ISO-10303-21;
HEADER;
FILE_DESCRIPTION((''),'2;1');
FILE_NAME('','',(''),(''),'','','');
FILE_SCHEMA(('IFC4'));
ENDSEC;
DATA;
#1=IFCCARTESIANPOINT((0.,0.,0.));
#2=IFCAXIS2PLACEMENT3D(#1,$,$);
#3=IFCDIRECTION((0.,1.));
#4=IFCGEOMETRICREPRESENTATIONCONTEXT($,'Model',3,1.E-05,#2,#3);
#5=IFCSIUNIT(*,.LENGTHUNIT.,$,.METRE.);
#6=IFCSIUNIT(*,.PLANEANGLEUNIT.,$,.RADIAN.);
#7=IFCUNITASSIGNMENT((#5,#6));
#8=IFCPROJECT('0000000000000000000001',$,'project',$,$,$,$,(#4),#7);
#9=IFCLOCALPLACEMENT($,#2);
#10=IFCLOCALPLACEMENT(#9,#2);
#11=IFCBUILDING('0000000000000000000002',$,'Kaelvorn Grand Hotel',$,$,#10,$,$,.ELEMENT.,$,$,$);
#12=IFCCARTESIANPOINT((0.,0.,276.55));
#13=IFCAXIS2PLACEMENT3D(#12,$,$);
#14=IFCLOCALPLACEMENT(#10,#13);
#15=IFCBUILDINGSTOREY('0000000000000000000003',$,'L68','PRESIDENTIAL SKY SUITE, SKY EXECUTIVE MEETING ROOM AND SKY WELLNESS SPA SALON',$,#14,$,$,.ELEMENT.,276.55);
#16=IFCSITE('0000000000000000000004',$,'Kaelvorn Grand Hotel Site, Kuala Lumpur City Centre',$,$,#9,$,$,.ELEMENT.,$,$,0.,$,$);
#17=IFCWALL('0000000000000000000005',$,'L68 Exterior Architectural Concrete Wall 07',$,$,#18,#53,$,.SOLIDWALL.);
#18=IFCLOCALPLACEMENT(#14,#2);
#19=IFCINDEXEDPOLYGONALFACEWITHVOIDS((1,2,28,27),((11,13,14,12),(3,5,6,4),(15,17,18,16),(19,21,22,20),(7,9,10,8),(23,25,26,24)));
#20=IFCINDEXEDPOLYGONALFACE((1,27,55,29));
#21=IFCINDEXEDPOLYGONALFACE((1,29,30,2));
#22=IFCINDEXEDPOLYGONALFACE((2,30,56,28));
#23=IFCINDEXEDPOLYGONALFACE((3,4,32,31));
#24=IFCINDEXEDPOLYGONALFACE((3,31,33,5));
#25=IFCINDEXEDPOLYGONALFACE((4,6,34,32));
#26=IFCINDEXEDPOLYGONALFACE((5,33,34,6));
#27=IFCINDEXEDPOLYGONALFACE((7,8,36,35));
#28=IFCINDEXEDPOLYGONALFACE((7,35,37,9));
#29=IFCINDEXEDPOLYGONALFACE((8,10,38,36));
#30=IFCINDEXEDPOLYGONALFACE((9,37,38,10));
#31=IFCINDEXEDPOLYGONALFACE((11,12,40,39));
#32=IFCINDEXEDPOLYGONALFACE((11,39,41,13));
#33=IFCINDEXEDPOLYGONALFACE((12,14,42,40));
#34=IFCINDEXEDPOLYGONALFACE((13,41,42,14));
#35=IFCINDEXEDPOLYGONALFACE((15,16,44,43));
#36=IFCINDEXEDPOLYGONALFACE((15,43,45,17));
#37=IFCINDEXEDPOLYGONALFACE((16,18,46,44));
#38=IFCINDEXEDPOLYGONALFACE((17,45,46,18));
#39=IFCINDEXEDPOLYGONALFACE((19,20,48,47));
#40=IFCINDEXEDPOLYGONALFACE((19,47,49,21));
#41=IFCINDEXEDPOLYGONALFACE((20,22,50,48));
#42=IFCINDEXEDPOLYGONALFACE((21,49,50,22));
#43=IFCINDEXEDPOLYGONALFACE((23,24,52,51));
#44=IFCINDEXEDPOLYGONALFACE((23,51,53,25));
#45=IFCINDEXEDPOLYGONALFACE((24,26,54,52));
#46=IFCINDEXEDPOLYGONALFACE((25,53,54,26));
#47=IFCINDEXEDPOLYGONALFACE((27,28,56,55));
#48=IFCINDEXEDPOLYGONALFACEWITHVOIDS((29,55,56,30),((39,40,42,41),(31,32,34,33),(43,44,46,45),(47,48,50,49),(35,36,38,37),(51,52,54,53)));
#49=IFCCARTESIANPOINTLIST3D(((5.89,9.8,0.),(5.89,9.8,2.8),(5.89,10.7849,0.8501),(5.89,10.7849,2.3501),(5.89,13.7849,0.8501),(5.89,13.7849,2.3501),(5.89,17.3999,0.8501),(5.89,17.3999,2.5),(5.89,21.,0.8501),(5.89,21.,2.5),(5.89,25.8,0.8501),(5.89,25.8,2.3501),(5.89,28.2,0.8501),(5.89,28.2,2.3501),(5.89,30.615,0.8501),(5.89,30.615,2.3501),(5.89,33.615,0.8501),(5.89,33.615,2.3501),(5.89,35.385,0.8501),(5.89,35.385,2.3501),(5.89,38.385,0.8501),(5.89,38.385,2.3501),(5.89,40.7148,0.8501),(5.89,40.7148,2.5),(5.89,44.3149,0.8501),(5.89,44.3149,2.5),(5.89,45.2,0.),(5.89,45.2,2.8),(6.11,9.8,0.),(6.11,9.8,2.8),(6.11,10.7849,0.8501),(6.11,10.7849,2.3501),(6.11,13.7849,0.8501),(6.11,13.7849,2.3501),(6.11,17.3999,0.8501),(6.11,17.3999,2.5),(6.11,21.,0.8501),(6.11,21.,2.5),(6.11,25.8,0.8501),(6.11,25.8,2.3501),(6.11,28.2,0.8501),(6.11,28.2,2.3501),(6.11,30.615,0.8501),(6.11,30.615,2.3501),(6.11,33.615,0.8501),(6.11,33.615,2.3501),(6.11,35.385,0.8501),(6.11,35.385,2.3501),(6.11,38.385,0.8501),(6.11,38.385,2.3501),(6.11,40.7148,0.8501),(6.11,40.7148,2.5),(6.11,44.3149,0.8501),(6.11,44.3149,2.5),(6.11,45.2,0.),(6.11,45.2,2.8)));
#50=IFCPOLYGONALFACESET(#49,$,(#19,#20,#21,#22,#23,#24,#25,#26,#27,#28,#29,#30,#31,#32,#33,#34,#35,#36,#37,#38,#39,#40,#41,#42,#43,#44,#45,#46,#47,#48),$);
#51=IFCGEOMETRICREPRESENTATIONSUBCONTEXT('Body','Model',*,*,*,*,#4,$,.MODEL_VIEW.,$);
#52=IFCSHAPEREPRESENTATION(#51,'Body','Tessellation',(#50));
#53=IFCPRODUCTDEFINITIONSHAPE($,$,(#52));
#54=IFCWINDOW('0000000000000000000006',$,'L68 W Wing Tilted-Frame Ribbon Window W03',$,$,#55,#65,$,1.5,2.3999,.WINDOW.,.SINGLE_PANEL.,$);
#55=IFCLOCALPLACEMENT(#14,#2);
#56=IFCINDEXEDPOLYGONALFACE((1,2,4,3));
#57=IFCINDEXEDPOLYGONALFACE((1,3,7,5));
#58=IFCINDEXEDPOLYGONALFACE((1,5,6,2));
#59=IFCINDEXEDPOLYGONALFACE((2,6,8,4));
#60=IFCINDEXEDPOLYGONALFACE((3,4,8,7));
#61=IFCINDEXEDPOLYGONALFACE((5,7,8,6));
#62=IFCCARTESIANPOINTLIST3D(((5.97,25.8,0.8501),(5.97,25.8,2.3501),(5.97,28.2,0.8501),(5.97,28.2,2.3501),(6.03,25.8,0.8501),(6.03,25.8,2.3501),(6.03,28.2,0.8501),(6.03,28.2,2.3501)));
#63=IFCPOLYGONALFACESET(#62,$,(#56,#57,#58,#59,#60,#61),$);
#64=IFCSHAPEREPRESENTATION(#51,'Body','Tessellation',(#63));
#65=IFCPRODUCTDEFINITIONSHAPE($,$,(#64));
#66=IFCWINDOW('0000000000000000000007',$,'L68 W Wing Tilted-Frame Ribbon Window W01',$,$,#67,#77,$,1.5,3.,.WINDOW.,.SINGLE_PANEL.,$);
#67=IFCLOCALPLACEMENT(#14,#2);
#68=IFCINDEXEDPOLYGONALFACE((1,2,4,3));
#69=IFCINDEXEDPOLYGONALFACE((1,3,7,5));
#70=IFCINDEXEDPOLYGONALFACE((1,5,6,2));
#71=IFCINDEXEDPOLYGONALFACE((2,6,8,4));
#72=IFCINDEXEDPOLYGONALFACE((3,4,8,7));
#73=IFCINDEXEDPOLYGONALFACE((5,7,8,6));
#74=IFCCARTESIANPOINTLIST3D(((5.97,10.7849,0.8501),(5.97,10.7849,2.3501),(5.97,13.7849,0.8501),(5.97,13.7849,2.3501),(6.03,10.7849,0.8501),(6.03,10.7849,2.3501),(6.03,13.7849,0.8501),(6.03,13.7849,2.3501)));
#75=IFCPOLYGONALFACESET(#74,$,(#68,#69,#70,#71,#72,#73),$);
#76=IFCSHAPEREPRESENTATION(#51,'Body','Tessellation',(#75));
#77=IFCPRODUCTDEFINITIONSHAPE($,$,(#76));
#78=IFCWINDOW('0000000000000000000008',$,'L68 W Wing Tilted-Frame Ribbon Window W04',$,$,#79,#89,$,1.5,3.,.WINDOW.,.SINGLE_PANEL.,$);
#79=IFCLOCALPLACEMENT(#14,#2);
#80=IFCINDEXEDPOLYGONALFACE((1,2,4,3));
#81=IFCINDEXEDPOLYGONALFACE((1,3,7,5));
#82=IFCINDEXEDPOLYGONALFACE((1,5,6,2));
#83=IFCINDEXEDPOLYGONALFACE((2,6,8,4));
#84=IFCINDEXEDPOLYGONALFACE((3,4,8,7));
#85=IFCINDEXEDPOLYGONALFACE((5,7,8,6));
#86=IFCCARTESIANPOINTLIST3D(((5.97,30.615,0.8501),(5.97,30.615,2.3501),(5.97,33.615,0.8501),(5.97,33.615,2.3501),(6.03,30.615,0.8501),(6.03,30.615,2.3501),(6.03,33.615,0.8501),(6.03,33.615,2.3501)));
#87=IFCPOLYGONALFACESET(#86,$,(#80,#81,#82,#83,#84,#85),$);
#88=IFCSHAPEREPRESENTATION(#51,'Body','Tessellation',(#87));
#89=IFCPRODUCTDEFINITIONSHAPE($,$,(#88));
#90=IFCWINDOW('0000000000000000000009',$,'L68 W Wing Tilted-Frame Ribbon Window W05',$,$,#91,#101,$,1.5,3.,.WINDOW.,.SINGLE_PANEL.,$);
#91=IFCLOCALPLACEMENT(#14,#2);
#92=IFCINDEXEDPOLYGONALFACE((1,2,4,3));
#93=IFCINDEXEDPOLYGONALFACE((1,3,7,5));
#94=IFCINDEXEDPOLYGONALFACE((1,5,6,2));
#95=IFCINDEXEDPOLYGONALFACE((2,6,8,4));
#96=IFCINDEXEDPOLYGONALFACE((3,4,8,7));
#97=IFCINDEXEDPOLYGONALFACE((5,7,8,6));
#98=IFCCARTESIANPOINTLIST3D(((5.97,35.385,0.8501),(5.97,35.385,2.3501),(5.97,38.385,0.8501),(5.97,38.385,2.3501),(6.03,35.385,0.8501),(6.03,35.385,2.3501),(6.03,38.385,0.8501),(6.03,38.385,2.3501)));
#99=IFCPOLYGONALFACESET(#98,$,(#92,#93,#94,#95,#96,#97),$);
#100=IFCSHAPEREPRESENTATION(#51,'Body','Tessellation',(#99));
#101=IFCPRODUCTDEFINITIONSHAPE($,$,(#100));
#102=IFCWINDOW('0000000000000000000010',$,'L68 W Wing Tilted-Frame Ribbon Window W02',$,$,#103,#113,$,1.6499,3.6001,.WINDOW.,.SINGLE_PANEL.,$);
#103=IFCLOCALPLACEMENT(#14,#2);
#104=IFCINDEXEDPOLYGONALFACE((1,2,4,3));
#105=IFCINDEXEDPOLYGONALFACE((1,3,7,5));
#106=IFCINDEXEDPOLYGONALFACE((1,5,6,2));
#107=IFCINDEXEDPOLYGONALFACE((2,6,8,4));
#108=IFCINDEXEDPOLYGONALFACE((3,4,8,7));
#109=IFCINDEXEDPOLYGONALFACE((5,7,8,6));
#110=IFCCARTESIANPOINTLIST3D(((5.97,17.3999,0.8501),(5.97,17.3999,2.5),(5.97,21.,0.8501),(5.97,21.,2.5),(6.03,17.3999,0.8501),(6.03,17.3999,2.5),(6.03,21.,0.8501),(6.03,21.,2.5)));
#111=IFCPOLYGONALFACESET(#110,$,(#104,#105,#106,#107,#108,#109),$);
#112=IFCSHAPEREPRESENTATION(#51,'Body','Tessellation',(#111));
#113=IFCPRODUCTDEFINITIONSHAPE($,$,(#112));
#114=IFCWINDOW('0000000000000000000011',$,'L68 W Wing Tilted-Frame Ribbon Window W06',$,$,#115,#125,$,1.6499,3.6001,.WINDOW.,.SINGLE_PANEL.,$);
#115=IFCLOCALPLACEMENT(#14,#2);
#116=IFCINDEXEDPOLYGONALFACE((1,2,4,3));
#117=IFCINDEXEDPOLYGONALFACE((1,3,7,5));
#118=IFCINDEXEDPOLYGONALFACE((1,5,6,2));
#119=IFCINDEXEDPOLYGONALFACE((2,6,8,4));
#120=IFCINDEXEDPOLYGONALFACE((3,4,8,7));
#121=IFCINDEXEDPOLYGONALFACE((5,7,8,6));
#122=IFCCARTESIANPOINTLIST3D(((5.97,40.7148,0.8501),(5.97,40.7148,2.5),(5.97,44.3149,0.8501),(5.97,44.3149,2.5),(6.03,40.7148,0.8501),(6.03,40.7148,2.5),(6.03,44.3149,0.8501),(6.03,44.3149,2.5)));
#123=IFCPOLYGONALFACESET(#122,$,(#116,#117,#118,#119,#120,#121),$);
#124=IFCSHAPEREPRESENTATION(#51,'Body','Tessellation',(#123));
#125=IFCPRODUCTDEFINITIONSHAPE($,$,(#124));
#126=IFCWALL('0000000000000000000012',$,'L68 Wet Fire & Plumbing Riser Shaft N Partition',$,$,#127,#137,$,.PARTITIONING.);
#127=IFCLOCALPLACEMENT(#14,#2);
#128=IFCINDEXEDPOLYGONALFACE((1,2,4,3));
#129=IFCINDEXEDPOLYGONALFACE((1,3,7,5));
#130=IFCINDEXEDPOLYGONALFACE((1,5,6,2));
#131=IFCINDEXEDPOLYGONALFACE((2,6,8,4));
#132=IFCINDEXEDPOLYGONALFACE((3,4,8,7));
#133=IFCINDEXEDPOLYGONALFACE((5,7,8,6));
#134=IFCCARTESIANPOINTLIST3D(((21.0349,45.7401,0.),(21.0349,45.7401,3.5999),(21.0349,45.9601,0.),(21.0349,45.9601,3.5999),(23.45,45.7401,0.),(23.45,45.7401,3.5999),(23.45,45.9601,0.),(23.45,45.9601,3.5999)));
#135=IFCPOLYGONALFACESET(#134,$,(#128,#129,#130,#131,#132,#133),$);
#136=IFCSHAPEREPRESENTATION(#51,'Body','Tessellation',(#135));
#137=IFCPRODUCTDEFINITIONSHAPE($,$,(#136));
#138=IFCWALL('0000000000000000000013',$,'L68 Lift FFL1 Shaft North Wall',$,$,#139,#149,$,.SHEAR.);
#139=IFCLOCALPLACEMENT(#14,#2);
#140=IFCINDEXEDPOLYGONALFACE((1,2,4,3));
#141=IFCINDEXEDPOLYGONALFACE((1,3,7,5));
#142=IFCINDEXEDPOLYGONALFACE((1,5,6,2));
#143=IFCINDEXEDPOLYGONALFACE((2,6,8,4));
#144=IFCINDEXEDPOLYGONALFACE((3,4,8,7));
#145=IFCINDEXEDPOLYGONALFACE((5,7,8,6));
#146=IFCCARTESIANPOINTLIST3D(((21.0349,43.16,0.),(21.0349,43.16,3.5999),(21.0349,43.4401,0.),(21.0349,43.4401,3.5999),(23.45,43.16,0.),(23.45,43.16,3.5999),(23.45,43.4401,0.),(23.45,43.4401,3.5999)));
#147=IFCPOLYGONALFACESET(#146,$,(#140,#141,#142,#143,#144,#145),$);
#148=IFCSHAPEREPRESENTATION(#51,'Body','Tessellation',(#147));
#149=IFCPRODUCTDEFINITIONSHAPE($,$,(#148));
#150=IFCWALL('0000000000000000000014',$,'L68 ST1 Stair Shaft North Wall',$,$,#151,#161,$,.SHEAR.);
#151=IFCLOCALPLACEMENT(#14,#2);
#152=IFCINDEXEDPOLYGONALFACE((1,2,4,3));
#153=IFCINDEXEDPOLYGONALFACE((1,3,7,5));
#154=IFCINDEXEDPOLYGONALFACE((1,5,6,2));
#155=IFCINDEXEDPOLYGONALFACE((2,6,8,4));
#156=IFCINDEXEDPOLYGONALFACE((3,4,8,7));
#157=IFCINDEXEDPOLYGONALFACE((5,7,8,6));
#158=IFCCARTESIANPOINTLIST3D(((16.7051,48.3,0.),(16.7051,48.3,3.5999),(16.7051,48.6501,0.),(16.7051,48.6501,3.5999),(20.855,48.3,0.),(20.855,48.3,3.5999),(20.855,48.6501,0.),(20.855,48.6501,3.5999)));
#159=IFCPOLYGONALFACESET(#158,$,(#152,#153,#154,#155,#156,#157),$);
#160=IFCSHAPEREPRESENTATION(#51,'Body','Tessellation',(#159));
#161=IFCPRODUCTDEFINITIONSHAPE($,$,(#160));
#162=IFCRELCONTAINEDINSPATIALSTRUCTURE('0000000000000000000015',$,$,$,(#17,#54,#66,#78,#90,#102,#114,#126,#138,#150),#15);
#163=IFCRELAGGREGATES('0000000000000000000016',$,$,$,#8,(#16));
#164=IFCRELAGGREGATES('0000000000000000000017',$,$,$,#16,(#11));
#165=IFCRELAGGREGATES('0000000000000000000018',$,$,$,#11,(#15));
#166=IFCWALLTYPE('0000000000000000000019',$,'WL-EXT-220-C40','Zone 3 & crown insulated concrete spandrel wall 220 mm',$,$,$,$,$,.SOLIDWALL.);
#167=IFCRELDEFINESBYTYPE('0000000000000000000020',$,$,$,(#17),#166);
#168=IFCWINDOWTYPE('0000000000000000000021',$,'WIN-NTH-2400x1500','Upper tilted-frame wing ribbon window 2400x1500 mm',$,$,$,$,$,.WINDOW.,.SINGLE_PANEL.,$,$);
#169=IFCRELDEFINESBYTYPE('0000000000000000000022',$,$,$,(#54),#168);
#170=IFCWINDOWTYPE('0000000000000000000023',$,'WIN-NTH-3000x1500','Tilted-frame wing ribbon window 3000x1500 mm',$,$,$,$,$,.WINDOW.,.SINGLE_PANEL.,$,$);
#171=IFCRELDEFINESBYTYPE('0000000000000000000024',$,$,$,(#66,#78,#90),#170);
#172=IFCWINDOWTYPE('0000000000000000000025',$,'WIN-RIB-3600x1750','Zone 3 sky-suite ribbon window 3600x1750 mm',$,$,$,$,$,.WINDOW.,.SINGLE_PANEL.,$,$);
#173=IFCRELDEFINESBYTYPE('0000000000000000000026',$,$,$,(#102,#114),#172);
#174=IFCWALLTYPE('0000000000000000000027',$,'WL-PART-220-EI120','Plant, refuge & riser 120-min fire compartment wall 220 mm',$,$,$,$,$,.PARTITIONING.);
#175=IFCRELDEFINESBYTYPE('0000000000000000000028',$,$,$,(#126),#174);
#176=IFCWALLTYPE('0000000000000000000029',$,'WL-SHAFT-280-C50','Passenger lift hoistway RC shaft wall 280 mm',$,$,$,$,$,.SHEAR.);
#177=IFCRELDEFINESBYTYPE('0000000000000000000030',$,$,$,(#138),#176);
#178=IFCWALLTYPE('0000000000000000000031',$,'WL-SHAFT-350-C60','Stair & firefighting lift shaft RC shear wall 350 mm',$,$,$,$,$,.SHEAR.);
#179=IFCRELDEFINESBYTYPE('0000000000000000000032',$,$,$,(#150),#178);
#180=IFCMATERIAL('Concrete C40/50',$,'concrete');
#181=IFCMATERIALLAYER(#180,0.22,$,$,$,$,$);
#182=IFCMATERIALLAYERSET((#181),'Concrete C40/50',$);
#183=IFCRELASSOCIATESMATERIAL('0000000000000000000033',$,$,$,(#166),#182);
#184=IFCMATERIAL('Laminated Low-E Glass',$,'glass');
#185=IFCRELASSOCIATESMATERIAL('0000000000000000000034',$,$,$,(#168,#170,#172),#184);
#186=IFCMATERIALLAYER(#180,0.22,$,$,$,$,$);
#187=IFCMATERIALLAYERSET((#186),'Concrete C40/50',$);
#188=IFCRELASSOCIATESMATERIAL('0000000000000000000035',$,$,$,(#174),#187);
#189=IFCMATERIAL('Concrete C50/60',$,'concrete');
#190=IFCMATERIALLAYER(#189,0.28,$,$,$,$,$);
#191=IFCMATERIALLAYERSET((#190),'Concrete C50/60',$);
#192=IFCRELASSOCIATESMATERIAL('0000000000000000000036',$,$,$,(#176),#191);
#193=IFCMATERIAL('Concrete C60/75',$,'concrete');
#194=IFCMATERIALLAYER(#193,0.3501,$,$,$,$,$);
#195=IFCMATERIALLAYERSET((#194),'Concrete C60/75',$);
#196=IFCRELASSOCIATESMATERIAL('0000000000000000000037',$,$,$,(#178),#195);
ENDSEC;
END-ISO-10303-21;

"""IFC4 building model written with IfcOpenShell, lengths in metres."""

from ifc_helpers import new_model, si_unit, direction, frame, frame_2d, origin, place, context, subcontext, project, spatial, rectangle, extrude, material, layer, layer_set, type_object, element, fill, save


model = new_model("IFC4")

# Units and contexts
model_context = context("Model", 3, precision=1e-05, world=origin(), true_north=direction((0.0, 1.0)))
body_context = subcontext(model_context, "Body", "Model", "MODEL_VIEW")
ifc_project = project(units=[si_unit("LENGTHUNIT", "METRE"), si_unit("PLANEANGLEUNIT", "RADIAN")], contexts=[model_context])

# Site, building, storey
site_placement = place(None, origin())
site = spatial("IfcSite", under=ifc_project, at=site_placement, Name="Kaelvorn Grand Hotel Site, Kuala Lumpur City Centre", CompositionType="ELEMENT", RefElevation=0.0)
building_placement = place(site_placement, origin())
building = spatial("IfcBuilding", under=site, at=building_placement, Name="Kaelvorn Grand Hotel", CompositionType="ELEMENT")
storey_placement = place(building_placement, frame((0.0, 0.0, 276.55)))
storey = spatial("IfcBuildingStorey", under=building, at=storey_placement, Name="L68", Description="PRESIDENTIAL SKY SUITE, SKY EXECUTIVE MEETING ROOM AND SKY WELLNESS SPA SALON", CompositionType="ELEMENT", Elevation=276.55)

# Shared definitions
ifc_material_1 = material(Name="Concrete C60/75", Category="concrete")
ifc_material_2 = material(Name="Concrete C50/60", Category="concrete")

# Shared definitions
ifc_material_3 = material(Name="Concrete C40/50", Category="concrete")
ifc_layer_1 = layer(ifc_material_3, 0.22)
ifc_layer_set_1 = layer_set([ifc_layer_1], Name="Concrete C40/50")
wall_type_1 = type_object("IfcWallType", Name="WL-EXT-220-C40", Description="Zone 3 & crown insulated concrete spandrel wall 220 mm", PredefinedType="SOLIDWALL", material=ifc_layer_set_1)
ifc_material_4 = material(Name="Laminated Low-E Glass", Category="glass")

# Wall, openings, windows
wall_1_placement = place(storey_placement, frame((6.0, 45.2, 0.0), z_axis=(0.0, 0.0, 1.0), x_axis=(0.0, -1.0, 0.0)))
wall_1 = element("IfcWall", 1, at=wall_1_placement, inside=storey, type_object=wall_type_1, Name="L68 Exterior Architectural Concrete Wall 07", PredefinedType="SOLIDWALL", context=body_context, shape_type="SweptSolid", body=[
    extrude(rectangle(XDim=35.3999, YDim=0.22, at=frame_2d((17.7, 0.0))), origin(), (0.0, 0.0, 1.0), 2.8),
])
opening_1_placement = place(wall_1_placement, frame((31.415, 0.0, 0.8501)))
opening_1 = element("IfcOpeningElement", 2, at=opening_1_placement, cuts=wall_1, PredefinedType="OPENING", context=body_context, shape_type="SweptSolid", body=[
    extrude(rectangle(XDim=3.0, YDim=1.5, at=frame_2d((1.5, 0.75))), frame((0.0, 0.1201, 0.0), z_axis=(0.0, -1.0, 0.0), x_axis=(1.0, 0.0, 0.0)), (0.0, 0.0, 1.0), 0.24),
])
opening_2_placement = place(wall_1_placement, frame((24.2, 0.0, 0.8501)))
opening_2 = element("IfcOpeningElement", 3, at=opening_2_placement, cuts=wall_1, PredefinedType="OPENING", context=body_context, shape_type="SweptSolid", body=[
    extrude(rectangle(XDim=3.6001, YDim=1.6499, at=frame_2d((1.8, 0.825))), frame((0.0, 0.1201, 0.0), z_axis=(0.0, -1.0, 0.0), x_axis=(1.0, 0.0, 0.0)), (0.0, 0.0, 1.0), 0.24),
])
opening_3_placement = place(wall_1_placement, frame((17.0, 0.0, 0.8501)))
opening_3 = element("IfcOpeningElement", 4, at=opening_3_placement, cuts=wall_1, PredefinedType="OPENING", context=body_context, shape_type="SweptSolid", body=[
    extrude(rectangle(XDim=2.3999, YDim=1.5, at=frame_2d((1.2, 0.75))), frame((0.0, 0.1201, 0.0), z_axis=(0.0, -1.0, 0.0), x_axis=(1.0, 0.0, 0.0)), (0.0, 0.0, 1.0), 0.24),
])
opening_4_placement = place(wall_1_placement, frame((11.585, 0.0, 0.8501)))
opening_4 = element("IfcOpeningElement", 5, at=opening_4_placement, cuts=wall_1, PredefinedType="OPENING", context=body_context, shape_type="SweptSolid", body=[
    extrude(rectangle(XDim=3.0, YDim=1.5, at=frame_2d((1.5, 0.75))), frame((0.0, 0.1201, 0.0), z_axis=(0.0, -1.0, 0.0), x_axis=(1.0, 0.0, 0.0)), (0.0, 0.0, 1.0), 0.24),
])
opening_5_placement = place(wall_1_placement, frame((6.8149, 0.0, 0.8501)))
opening_5 = element("IfcOpeningElement", 6, at=opening_5_placement, cuts=wall_1, PredefinedType="OPENING", context=body_context, shape_type="SweptSolid", body=[
    extrude(rectangle(XDim=3.0, YDim=1.5, at=frame_2d((1.5, 0.75))), frame((0.0, 0.1201, 0.0), z_axis=(0.0, -1.0, 0.0), x_axis=(1.0, 0.0, 0.0)), (0.0, 0.0, 1.0), 0.24),
])
opening_6_placement = place(wall_1_placement, frame((0.885, 0.0, 0.8501)))
opening_6 = element("IfcOpeningElement", 7, at=opening_6_placement, cuts=wall_1, PredefinedType="OPENING", context=body_context, shape_type="SweptSolid", body=[
    extrude(rectangle(XDim=3.6001, YDim=1.6499, at=frame_2d((1.8, 0.825))), frame((0.0, 0.1201, 0.0), z_axis=(0.0, -1.0, 0.0), x_axis=(1.0, 0.0, 0.0)), (0.0, 0.0, 1.0), 0.24),
])
window_type_1 = type_object("IfcWindowType", Name="WIN-NTH-2400x1500", Description="Upper tilted-frame wing ribbon window 2400x1500 mm", PartitioningType="SINGLE_PANEL", PredefinedType="WINDOW", material=ifc_material_4)
window_1_placement = place(opening_3_placement, origin())
window_1 = element("IfcWindow", 8, at=window_1_placement, inside=storey, type_object=window_type_1, Name="L68 W Wing Tilted-Frame Ribbon Window W03", OverallHeight=1.5, OverallWidth=2.3999, PartitioningType="SINGLE_PANEL", PredefinedType="WINDOW", context=body_context, shape_type="SweptSolid", body=[
    extrude(rectangle(XDim=2.3999, YDim=1.5, at=frame_2d((1.2, 0.75))), frame((0.0, 0.03, 0.0), z_axis=(0.0, -1.0, 0.0), x_axis=(1.0, 0.0, 0.0)), (0.0, 0.0, 1.0), 0.0601),
])
fill(opening_3, window_1)
window_type_2 = type_object("IfcWindowType", Name="WIN-NTH-3000x1500", Description="Tilted-frame wing ribbon window 3000x1500 mm", PartitioningType="SINGLE_PANEL", PredefinedType="WINDOW", material=ifc_material_4)
window_2_placement = place(opening_1_placement, origin())
window_2 = element("IfcWindow", 9, at=window_2_placement, inside=storey, type_object=window_type_2, Name="L68 W Wing Tilted-Frame Ribbon Window W01", OverallHeight=1.5, OverallWidth=3.0, PartitioningType="SINGLE_PANEL", PredefinedType="WINDOW", context=body_context, shape_type="SweptSolid", body=[
    extrude(rectangle(XDim=3.0, YDim=1.5, at=frame_2d((1.5, 0.75))), frame((0.0, 0.03, 0.0), z_axis=(0.0, -1.0, 0.0), x_axis=(1.0, 0.0, 0.0)), (0.0, 0.0, 1.0), 0.0601),
])
fill(opening_1, window_2)
window_3_placement = place(opening_4_placement, origin())
window_3 = element("IfcWindow", 10, at=window_3_placement, inside=storey, type_object=window_type_2, Name="L68 W Wing Tilted-Frame Ribbon Window W04", OverallHeight=1.5, OverallWidth=3.0, PartitioningType="SINGLE_PANEL", PredefinedType="WINDOW", context=body_context, shape_type="SweptSolid", body=[
    extrude(rectangle(XDim=3.0, YDim=1.5, at=frame_2d((1.5, 0.75))), frame((0.0, 0.03, 0.0), z_axis=(0.0, -1.0, 0.0), x_axis=(1.0, 0.0, 0.0)), (0.0, 0.0, 1.0), 0.0601),
])
fill(opening_4, window_3)
window_4_placement = place(opening_5_placement, origin())
window_4 = element("IfcWindow", 11, at=window_4_placement, inside=storey, type_object=window_type_2, Name="L68 W Wing Tilted-Frame Ribbon Window W05", OverallHeight=1.5, OverallWidth=3.0, PartitioningType="SINGLE_PANEL", PredefinedType="WINDOW", context=body_context, shape_type="SweptSolid", body=[
    extrude(rectangle(XDim=3.0, YDim=1.5, at=frame_2d((1.5, 0.75))), frame((0.0, 0.03, 0.0), z_axis=(0.0, -1.0, 0.0), x_axis=(1.0, 0.0, 0.0)), (0.0, 0.0, 1.0), 0.0601),
])
fill(opening_5, window_4)
window_type_3 = type_object("IfcWindowType", Name="WIN-RIB-3600x1750", Description="Zone 3 sky-suite ribbon window 3600x1750 mm", PartitioningType="SINGLE_PANEL", PredefinedType="WINDOW", material=ifc_material_4)
window_5_placement = place(opening_2_placement, origin())
window_5 = element("IfcWindow", 12, at=window_5_placement, inside=storey, type_object=window_type_3, Name="L68 W Wing Tilted-Frame Ribbon Window W02", OverallHeight=1.6499, OverallWidth=3.6001, PartitioningType="SINGLE_PANEL", PredefinedType="WINDOW", context=body_context, shape_type="SweptSolid", body=[
    extrude(rectangle(XDim=3.6001, YDim=1.6499, at=frame_2d((1.8, 0.825))), frame((0.0, 0.03, 0.0), z_axis=(0.0, -1.0, 0.0), x_axis=(1.0, 0.0, 0.0)), (0.0, 0.0, 1.0), 0.0601),
])
fill(opening_2, window_5)
window_6_placement = place(opening_6_placement, origin())
window_6 = element("IfcWindow", 13, at=window_6_placement, inside=storey, type_object=window_type_3, Name="L68 W Wing Tilted-Frame Ribbon Window W06", OverallHeight=1.6499, OverallWidth=3.6001, PartitioningType="SINGLE_PANEL", PredefinedType="WINDOW", context=body_context, shape_type="SweptSolid", body=[
    extrude(rectangle(XDim=3.6001, YDim=1.6499, at=frame_2d((1.8, 0.825))), frame((0.0, 0.03, 0.0), z_axis=(0.0, -1.0, 0.0), x_axis=(1.0, 0.0, 0.0)), (0.0, 0.0, 1.0), 0.0601),
])
fill(opening_6, window_6)

# Walls
ifc_layer_2 = layer(ifc_material_3, 0.22)
ifc_layer_set_2 = layer_set([ifc_layer_2], Name="Concrete C40/50")
wall_type_2 = type_object("IfcWallType", Name="WL-PART-220-EI120", Description="Plant, refuge & riser 120-min fire compartment wall 220 mm", PredefinedType="PARTITIONING", material=ifc_layer_set_2)
wall_2_placement = place(storey_placement, frame((21.0349, 45.8501, 0.0), z_axis=(0.0, 0.0, 1.0), x_axis=(1.0, 0.0, 0.0)))
element("IfcWall", 14, at=wall_2_placement, inside=storey, type_object=wall_type_2, Name="L68 Wet Fire & Plumbing Riser Shaft N Partition", PredefinedType="PARTITIONING", context=body_context, shape_type="SweptSolid", body=[
    extrude(rectangle(XDim=2.415, YDim=0.22, at=frame_2d((1.2075, 0.0))), origin(), (0.0, 0.0, 1.0), 3.5999),
])
ifc_layer_3 = layer(ifc_material_2, 0.28)
ifc_layer_set_3 = layer_set([ifc_layer_3], Name="Concrete C50/60")
wall_type_3 = type_object("IfcWallType", Name="WL-SHAFT-280-C50", Description="Passenger lift hoistway RC shaft wall 280 mm", PredefinedType="SHEAR", material=ifc_layer_set_3)
wall_3_placement = place(storey_placement, frame((21.0349, 43.3, 0.0), z_axis=(0.0, 0.0, 1.0), x_axis=(1.0, 0.0, 0.0)))
element("IfcWall", 15, at=wall_3_placement, inside=storey, type_object=wall_type_3, Name="L68 Lift FFL1 Shaft North Wall", PredefinedType="SHEAR", context=body_context, shape_type="SweptSolid", body=[
    extrude(rectangle(XDim=2.415, YDim=0.28, at=frame_2d((1.2075, 0.0))), origin(), (0.0, 0.0, 1.0), 3.5999),
])
ifc_layer_4 = layer(ifc_material_1, 0.3501)
ifc_layer_set_4 = layer_set([ifc_layer_4], Name="Concrete C60/75")
wall_type_4 = type_object("IfcWallType", Name="WL-SHAFT-350-C60", Description="Stair & firefighting lift shaft RC shear wall 350 mm", PredefinedType="SHEAR", material=ifc_layer_set_4)
wall_4_placement = place(storey_placement, frame((16.7051, 48.4751, 0.0), z_axis=(0.0, 0.0, 1.0), x_axis=(1.0, 0.0, 0.0)))
element("IfcWall", 16, at=wall_4_placement, inside=storey, type_object=wall_type_4, Name="L68 ST1 Stair Shaft North Wall", PredefinedType="SHEAR", context=body_context, shape_type="SweptSolid", body=[
    extrude(rectangle(XDim=4.1499, YDim=0.3501, at=frame_2d((2.075, 0.0))), origin(), (0.0, 0.0, 1.0), 3.5999),
])

save(model, "model.ifc")
